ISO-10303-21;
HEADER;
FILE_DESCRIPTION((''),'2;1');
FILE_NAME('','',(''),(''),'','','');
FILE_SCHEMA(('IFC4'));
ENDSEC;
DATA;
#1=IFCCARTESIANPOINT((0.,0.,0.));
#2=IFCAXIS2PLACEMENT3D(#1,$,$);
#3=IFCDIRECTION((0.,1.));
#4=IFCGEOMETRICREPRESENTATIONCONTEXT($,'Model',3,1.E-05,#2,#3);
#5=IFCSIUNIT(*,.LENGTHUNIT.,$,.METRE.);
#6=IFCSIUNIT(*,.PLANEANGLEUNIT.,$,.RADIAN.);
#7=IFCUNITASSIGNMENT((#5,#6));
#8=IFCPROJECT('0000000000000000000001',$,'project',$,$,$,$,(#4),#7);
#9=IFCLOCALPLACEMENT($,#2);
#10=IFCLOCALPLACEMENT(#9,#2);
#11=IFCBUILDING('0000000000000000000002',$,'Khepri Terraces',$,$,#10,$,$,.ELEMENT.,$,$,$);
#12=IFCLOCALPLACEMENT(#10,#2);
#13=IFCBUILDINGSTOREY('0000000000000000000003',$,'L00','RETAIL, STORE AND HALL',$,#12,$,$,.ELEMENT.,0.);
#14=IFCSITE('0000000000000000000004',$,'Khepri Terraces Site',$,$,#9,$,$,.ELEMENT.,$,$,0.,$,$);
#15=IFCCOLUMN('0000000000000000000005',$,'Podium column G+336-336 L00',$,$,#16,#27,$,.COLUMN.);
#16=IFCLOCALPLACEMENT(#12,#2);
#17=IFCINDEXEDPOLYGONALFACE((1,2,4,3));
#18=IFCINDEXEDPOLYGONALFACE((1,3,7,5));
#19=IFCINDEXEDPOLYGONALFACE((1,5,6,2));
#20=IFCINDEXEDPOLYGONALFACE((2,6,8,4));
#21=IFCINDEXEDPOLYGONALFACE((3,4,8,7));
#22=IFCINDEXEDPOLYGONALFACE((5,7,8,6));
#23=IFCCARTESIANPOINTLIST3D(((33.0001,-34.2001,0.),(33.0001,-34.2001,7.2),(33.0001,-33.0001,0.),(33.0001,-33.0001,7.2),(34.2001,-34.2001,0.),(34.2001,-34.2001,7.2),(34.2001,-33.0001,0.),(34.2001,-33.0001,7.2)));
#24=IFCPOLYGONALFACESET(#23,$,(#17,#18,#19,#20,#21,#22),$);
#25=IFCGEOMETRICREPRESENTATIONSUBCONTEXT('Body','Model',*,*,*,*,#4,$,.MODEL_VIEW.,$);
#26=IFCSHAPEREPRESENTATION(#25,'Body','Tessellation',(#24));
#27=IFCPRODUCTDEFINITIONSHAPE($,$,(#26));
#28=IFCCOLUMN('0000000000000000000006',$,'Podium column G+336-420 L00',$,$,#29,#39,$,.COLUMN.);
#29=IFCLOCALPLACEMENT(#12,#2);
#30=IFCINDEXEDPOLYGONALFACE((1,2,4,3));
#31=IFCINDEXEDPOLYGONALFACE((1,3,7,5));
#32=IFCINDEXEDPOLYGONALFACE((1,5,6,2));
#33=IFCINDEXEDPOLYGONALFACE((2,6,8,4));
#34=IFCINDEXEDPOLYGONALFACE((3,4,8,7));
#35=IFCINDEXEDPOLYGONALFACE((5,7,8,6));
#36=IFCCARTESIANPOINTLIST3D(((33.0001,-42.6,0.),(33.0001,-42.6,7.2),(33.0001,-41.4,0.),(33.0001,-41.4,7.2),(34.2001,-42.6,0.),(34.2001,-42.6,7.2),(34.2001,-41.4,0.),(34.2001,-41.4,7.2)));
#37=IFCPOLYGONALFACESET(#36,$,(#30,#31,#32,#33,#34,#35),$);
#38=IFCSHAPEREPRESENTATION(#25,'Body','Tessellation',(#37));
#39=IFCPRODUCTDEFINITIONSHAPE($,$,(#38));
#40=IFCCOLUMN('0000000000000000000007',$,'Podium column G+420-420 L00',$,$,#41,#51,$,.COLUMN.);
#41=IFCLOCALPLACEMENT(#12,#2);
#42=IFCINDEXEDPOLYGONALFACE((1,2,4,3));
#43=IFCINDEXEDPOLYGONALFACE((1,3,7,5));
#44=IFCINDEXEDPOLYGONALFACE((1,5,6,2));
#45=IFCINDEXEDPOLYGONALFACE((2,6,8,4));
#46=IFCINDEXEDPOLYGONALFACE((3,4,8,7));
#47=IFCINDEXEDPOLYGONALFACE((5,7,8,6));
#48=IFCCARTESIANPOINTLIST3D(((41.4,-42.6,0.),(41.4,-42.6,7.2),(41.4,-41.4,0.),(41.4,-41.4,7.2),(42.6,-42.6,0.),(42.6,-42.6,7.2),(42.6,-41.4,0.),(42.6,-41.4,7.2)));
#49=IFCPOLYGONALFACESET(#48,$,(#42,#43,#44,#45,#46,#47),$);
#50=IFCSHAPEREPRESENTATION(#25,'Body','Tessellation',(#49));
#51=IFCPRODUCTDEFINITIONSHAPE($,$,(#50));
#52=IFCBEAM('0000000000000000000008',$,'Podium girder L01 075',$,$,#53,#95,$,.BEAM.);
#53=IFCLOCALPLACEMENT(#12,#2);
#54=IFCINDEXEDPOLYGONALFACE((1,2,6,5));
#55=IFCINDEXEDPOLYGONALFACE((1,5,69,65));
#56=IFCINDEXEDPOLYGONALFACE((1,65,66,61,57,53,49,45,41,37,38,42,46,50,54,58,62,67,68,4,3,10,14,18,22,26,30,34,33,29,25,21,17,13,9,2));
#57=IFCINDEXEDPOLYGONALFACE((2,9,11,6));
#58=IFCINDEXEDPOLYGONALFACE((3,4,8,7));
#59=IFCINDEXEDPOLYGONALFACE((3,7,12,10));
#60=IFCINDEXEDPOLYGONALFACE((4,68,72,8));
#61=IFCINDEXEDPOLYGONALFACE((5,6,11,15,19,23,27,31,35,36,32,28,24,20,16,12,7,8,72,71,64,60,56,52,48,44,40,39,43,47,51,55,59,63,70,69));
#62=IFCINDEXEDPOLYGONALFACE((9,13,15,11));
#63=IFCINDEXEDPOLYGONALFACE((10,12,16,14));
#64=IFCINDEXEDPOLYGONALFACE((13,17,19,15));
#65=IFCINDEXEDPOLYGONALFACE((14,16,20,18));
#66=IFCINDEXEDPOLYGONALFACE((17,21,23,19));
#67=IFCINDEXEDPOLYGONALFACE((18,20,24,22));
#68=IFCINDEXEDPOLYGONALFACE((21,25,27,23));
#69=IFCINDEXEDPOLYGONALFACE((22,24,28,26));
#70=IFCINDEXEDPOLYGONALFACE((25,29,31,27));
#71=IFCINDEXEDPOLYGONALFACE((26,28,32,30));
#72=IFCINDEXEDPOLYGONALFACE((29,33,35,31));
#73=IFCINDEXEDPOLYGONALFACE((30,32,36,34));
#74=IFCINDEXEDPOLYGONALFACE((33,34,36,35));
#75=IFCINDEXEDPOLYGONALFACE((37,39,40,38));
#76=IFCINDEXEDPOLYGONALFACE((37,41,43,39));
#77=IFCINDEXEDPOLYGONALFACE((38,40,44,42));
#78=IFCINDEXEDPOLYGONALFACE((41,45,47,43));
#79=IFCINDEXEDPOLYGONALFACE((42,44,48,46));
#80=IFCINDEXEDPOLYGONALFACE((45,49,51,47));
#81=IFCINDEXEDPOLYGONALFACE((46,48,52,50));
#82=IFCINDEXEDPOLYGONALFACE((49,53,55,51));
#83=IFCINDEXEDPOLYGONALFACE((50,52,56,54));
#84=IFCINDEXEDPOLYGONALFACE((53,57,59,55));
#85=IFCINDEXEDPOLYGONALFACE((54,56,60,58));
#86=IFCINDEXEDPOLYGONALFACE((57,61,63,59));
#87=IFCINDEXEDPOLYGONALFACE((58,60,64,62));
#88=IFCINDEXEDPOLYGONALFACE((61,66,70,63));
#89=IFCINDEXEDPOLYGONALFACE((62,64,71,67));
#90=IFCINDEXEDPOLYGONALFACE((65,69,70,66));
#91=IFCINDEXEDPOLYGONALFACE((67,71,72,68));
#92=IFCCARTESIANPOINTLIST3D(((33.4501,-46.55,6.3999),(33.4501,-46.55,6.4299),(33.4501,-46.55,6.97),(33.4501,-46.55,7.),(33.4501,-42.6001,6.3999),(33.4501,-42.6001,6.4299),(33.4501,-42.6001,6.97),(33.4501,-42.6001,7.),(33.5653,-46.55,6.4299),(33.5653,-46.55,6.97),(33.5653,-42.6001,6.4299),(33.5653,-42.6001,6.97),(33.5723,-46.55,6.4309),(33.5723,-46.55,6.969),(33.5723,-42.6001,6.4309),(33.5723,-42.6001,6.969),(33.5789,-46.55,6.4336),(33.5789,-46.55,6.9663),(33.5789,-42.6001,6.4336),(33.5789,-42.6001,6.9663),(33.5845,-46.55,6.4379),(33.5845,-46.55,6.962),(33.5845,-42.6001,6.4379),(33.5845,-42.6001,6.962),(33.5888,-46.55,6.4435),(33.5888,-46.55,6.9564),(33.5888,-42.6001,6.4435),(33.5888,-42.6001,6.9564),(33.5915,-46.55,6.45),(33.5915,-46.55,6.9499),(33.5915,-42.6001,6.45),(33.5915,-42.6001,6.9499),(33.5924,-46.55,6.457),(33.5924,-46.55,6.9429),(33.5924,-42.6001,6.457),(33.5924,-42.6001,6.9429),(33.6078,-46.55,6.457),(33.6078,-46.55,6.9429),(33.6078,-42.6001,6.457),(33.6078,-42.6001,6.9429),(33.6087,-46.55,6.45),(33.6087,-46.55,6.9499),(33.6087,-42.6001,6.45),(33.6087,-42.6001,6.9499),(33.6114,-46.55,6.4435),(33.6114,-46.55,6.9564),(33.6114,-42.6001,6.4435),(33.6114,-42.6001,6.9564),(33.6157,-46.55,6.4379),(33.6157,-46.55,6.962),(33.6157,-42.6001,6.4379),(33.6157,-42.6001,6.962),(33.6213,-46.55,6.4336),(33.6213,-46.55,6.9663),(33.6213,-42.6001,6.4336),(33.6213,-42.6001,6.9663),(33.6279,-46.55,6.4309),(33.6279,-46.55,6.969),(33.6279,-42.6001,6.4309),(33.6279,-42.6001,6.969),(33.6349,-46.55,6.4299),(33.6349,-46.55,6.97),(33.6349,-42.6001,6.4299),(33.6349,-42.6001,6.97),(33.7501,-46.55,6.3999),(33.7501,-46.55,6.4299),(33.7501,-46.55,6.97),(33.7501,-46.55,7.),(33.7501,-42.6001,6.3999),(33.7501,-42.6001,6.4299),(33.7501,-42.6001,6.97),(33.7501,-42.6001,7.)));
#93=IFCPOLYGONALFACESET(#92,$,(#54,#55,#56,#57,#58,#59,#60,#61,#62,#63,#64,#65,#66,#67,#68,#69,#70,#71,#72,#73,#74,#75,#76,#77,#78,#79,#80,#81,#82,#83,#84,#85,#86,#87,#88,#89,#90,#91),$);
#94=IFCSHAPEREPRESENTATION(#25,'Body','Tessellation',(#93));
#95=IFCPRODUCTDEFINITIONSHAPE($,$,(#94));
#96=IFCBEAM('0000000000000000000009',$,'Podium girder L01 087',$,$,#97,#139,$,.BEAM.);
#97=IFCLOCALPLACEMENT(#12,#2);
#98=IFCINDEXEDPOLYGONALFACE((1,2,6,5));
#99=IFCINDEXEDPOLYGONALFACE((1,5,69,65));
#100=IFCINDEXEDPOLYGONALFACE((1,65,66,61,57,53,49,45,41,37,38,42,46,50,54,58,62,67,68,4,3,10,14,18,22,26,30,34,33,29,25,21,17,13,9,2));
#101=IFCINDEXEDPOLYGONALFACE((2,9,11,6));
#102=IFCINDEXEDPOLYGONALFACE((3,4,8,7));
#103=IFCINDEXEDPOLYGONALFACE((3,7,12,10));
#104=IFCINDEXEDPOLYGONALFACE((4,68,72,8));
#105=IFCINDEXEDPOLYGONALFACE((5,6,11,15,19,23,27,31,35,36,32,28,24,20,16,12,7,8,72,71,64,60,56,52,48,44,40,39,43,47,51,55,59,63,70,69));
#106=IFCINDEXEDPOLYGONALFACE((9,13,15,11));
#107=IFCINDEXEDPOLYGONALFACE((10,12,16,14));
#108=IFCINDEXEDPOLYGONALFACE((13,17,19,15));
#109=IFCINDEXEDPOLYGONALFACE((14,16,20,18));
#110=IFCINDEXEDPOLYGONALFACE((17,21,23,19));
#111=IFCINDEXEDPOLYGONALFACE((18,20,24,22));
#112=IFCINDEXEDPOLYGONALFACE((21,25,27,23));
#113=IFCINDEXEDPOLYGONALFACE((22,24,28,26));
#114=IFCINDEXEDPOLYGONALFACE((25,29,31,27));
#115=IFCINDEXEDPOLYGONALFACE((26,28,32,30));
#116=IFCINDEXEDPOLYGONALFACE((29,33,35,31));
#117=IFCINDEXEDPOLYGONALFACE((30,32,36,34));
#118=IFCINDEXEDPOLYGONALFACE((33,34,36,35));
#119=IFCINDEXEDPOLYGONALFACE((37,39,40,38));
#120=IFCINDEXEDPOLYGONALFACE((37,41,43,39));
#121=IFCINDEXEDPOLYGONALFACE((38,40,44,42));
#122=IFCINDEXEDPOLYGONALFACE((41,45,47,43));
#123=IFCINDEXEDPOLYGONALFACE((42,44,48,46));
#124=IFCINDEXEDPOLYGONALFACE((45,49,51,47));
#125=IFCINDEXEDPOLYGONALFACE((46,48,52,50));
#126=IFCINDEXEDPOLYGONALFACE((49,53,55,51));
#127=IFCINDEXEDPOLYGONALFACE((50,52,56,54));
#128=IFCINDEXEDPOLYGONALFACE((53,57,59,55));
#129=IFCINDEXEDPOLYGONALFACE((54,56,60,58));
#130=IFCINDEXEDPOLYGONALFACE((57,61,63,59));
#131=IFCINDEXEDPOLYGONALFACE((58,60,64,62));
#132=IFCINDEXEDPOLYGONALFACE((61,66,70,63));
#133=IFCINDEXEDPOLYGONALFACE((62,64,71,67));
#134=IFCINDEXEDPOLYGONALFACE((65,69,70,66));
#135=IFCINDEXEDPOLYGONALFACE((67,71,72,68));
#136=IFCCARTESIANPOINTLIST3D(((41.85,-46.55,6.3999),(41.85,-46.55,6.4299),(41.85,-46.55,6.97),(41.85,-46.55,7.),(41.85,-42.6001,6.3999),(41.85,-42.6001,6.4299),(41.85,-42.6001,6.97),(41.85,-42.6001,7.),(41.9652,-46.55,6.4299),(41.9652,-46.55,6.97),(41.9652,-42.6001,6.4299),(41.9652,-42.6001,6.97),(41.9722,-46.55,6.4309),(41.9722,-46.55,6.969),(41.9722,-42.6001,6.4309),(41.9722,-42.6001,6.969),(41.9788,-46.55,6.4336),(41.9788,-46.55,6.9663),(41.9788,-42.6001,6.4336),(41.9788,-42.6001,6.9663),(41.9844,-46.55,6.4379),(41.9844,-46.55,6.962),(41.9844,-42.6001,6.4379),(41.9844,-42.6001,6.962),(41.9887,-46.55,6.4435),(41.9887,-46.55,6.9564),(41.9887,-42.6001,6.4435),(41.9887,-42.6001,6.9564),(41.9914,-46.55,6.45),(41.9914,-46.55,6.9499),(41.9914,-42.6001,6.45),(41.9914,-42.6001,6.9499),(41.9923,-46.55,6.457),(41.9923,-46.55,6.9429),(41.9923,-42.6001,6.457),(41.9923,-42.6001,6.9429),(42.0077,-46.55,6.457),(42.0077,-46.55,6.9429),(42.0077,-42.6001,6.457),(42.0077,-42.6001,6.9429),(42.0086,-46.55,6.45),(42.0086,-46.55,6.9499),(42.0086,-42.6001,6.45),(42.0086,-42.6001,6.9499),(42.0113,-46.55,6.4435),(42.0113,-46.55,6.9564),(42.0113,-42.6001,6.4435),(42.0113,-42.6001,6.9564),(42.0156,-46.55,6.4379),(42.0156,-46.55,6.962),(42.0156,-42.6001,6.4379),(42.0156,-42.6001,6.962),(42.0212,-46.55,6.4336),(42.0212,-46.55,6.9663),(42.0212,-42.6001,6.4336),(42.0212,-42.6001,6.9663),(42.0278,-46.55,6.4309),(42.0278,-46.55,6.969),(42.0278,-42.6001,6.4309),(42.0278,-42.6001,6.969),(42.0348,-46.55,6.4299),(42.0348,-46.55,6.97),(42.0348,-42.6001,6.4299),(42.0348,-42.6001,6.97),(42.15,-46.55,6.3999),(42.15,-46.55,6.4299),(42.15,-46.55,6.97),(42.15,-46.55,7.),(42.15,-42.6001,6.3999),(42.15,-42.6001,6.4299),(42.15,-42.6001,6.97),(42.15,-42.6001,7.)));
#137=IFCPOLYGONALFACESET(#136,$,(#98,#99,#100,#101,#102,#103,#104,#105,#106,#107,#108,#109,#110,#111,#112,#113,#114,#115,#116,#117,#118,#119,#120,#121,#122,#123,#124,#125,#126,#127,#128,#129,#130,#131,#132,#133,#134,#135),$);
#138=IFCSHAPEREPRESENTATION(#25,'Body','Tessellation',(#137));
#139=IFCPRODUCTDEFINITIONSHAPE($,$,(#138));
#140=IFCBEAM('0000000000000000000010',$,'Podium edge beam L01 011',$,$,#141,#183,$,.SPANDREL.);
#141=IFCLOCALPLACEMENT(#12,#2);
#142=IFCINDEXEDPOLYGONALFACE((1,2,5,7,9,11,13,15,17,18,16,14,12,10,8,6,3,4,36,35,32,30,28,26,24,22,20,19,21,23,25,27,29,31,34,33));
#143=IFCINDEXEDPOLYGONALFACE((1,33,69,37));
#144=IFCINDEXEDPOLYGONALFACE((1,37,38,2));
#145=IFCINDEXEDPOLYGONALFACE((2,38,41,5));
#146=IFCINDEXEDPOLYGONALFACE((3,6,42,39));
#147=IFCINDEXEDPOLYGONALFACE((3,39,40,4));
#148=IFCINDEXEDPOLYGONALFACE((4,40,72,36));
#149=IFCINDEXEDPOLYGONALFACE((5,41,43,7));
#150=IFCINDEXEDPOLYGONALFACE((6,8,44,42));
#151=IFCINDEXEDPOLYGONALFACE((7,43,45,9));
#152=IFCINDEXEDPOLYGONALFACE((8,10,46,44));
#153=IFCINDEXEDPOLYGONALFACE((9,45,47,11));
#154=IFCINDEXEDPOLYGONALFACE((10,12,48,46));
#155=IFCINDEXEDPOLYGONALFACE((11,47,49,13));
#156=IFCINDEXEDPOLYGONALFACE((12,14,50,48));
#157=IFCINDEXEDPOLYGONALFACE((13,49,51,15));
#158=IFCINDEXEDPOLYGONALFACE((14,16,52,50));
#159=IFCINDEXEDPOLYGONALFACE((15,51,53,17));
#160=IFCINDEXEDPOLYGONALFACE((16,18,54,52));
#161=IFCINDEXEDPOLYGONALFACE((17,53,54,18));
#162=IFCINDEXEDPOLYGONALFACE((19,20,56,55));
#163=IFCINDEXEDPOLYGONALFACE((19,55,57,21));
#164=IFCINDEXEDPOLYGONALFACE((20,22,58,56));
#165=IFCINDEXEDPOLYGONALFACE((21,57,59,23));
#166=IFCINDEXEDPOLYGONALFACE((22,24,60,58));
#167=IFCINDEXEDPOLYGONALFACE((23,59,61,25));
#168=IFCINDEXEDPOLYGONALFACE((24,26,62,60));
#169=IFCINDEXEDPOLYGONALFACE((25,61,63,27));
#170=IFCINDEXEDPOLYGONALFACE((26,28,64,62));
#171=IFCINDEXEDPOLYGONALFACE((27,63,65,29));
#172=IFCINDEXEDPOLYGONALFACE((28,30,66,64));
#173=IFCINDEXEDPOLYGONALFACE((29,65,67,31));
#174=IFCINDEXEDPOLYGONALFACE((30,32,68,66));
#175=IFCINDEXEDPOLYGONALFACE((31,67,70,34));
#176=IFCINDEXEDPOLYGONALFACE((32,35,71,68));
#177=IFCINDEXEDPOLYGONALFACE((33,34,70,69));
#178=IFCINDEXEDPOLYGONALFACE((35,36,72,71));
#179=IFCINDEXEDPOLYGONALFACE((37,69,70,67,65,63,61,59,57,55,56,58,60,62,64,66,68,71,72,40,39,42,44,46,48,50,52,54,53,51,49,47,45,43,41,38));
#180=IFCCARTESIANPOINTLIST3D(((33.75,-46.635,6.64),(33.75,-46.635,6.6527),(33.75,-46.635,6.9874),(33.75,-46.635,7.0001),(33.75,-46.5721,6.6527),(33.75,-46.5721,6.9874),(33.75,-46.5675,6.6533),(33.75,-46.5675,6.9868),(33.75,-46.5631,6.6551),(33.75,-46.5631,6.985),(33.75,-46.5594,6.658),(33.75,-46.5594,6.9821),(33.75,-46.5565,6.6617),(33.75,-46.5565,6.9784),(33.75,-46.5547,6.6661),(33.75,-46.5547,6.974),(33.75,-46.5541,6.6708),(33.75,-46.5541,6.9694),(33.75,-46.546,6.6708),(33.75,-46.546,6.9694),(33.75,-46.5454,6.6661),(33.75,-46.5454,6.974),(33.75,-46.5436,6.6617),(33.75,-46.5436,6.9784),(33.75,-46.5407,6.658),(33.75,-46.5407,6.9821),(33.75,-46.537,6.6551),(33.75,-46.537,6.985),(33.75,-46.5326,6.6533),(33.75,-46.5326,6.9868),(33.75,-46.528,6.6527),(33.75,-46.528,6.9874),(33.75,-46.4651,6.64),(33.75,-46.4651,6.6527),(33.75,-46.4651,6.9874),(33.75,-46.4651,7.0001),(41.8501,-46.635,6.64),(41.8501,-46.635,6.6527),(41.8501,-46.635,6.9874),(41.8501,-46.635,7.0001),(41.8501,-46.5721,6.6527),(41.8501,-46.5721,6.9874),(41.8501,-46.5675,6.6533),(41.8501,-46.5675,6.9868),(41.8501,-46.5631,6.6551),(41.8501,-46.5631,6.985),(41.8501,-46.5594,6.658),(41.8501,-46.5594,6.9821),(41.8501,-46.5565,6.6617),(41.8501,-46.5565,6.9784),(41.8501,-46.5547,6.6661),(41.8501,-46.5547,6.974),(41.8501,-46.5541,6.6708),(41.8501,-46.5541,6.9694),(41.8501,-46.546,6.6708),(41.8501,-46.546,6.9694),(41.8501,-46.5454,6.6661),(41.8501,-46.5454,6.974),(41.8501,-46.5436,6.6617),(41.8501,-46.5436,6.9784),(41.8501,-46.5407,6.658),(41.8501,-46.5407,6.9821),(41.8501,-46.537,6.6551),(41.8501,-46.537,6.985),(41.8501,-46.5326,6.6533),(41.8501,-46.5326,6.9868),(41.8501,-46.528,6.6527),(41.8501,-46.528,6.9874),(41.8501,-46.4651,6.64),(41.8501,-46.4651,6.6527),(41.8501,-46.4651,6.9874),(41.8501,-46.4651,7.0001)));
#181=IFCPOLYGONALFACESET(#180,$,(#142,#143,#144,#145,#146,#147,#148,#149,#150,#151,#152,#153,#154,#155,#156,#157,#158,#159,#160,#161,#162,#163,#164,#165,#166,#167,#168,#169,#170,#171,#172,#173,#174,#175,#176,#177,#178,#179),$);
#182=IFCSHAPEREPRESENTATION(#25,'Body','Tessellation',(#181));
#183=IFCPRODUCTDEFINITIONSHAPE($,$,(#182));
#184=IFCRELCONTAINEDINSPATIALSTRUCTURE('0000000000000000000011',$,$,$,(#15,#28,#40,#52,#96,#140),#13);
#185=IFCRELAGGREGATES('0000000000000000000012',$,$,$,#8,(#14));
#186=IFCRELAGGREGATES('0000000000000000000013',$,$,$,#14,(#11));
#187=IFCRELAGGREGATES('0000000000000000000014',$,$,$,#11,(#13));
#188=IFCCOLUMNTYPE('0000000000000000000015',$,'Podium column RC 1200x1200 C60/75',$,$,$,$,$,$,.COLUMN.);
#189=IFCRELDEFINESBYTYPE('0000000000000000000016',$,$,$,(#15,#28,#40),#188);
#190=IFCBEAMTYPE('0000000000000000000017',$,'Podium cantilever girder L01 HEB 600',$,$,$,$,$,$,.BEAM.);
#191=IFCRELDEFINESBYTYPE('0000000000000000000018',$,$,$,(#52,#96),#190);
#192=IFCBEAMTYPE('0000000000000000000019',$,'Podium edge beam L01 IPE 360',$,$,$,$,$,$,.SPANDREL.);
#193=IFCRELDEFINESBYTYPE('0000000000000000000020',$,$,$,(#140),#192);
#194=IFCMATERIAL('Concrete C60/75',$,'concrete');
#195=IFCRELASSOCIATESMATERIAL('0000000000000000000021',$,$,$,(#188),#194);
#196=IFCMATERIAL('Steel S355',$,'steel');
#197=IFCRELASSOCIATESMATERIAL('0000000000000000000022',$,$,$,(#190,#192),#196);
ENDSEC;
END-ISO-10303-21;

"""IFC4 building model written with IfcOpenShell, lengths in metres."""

from ifc_helpers import new_model, si_unit, direction, frame, origin, origin_2d, place, context, subcontext, project, spatial, rectangle, i_section, extrude, material, material_profile, profile_set, type_object, element, save


model = new_model("IFC4")

# Units and contexts
model_context = context("Model", 3, precision=1e-05, world=origin(), true_north=direction((0.0, 1.0)))
body_context = subcontext(model_context, "Body", "Model", "MODEL_VIEW")
ifc_project = project(units=[si_unit("LENGTHUNIT", "METRE"), si_unit("PLANEANGLEUNIT", "RADIAN")], contexts=[model_context])

# Site, building, storey
site_placement = place(None, origin())
site = spatial("IfcSite", under=ifc_project, at=site_placement, Name="Khepri Terraces Site", CompositionType="ELEMENT", RefElevation=0.0)
building_placement = place(site_placement, origin())
building = spatial("IfcBuilding", under=site, at=building_placement, Name="Khepri Terraces", CompositionType="ELEMENT")
storey_placement = place(building_placement, origin())
storey = spatial("IfcBuildingStorey", under=building, at=storey_placement, Name="L00", Description="RETAIL, STORE AND HALL", CompositionType="ELEMENT", Elevation=0.0)

# Columns
ifc_material_1 = material(Name="Concrete C60/75", Category="concrete")
ifc_material_profile_1 = material_profile(ifc_material_1, rectangle(XDim=1.2, YDim=1.2, at=origin_2d()), Name="Concrete C60/75", Category="concrete")
ifc_profile_set_1 = profile_set([ifc_material_profile_1], Name="Concrete C60/75")
column_type = type_object("IfcColumnType", Name="Podium column RC 1200x1200 C60/75", PredefinedType="COLUMN", material=ifc_profile_set_1)
for number, where, z_axis, x_axis, name in (
    (1, (33.6001, -33.6001, 0.0), (0.0, 0.0, 1.0), (1.0, 0.0, 0.0), "Podium column G+336-336 L00"),
    (2, (33.6001, -42.0, 0.0), (0.0, 0.0, 1.0), (1.0, 0.0, 0.0), "Podium column G+336-420 L00"),
    (3, (42.0, -42.0, 0.0), (0.0, 0.0, 1.0), (1.0, 0.0, 0.0), "Podium column G+420-420 L00"),
):
    element("IfcColumn", number, at=place(storey_placement, frame(where, z_axis=z_axis, x_axis=x_axis)), inside=storey, type_object=column_type, Name=name, PredefinedType="COLUMN", context=body_context, shape_type="SweptSolid", body=[
        extrude(rectangle(XDim=1.2, YDim=1.2, at=origin_2d()), origin(), (0.0, 0.0, 1.0), 7.2),
    ])

# Beams
ifc_material_2 = material(Name="Steel S355", Category="steel")
ifc_material_profile_2 = material_profile(ifc_material_2, i_section(OverallWidth=0.3, OverallDepth=0.6001, WebThickness=0.0154, FlangeThickness=0.03, FilletRadius=0.0271, at=origin_2d()), Name="Steel S355", Category="steel")
ifc_profile_set_2 = profile_set([ifc_material_profile_2], Name="Steel S355")
beam_type_1 = type_object("IfcBeamType", Name="Podium cantilever girder L01 HEB 600", PredefinedType="BEAM", material=ifc_profile_set_2)
for number, where, z_axis, x_axis, name in (
    (4, (33.6001, -46.55, 6.7), (0.0, 1.0, 0.0), (-1.0, 0.0, 0.0), "Podium girder L01 075"),
    (5, (42.0, -46.55, 6.7), (0.0, 1.0, 0.0), (-1.0, 0.0, 0.0), "Podium girder L01 087"),
):
    element("IfcBeam", number, at=place(storey_placement, frame(where, z_axis=z_axis, x_axis=x_axis)), inside=storey, type_object=beam_type_1, Name=name, PredefinedType="BEAM", context=body_context, shape_type="SweptSolid", body=[
        extrude(i_section(OverallWidth=0.3, OverallDepth=0.6001, WebThickness=0.0154, FlangeThickness=0.03, FilletRadius=0.0271, at=origin_2d()), origin(), (0.0, 0.0, 1.0), 3.95),
    ])
ifc_material_profile_3 = material_profile(ifc_material_2, i_section(OverallWidth=0.1699, OverallDepth=0.3601, WebThickness=0.0081, FlangeThickness=0.0127, FilletRadius=0.0181, at=origin_2d()), Name="Steel S355", Category="steel")
ifc_profile_set_3 = profile_set([ifc_material_profile_3], Name="Steel S355")
beam_type_2 = type_object("IfcBeamType", Name="Podium edge beam L01 IPE 360", PredefinedType="SPANDREL", material=ifc_profile_set_3)
beam_1_placement = place(storey_placement, frame((33.75, -46.55, 6.8201), z_axis=(1.0, 0.0, 0.0), x_axis=(0.0, 1.0, 0.0)))
element("IfcBeam", 6, at=beam_1_placement, inside=storey, type_object=beam_type_2, Name="Podium edge beam L01 011", PredefinedType="SPANDREL", context=body_context, shape_type="SweptSolid", body=[
    extrude(i_section(OverallWidth=0.1699, OverallDepth=0.3601, WebThickness=0.0081, FlangeThickness=0.0127, FilletRadius=0.0181, at=origin_2d()), origin(), (0.0, 0.0, 1.0), 8.1001),
])

save(model, "model.ifc")
